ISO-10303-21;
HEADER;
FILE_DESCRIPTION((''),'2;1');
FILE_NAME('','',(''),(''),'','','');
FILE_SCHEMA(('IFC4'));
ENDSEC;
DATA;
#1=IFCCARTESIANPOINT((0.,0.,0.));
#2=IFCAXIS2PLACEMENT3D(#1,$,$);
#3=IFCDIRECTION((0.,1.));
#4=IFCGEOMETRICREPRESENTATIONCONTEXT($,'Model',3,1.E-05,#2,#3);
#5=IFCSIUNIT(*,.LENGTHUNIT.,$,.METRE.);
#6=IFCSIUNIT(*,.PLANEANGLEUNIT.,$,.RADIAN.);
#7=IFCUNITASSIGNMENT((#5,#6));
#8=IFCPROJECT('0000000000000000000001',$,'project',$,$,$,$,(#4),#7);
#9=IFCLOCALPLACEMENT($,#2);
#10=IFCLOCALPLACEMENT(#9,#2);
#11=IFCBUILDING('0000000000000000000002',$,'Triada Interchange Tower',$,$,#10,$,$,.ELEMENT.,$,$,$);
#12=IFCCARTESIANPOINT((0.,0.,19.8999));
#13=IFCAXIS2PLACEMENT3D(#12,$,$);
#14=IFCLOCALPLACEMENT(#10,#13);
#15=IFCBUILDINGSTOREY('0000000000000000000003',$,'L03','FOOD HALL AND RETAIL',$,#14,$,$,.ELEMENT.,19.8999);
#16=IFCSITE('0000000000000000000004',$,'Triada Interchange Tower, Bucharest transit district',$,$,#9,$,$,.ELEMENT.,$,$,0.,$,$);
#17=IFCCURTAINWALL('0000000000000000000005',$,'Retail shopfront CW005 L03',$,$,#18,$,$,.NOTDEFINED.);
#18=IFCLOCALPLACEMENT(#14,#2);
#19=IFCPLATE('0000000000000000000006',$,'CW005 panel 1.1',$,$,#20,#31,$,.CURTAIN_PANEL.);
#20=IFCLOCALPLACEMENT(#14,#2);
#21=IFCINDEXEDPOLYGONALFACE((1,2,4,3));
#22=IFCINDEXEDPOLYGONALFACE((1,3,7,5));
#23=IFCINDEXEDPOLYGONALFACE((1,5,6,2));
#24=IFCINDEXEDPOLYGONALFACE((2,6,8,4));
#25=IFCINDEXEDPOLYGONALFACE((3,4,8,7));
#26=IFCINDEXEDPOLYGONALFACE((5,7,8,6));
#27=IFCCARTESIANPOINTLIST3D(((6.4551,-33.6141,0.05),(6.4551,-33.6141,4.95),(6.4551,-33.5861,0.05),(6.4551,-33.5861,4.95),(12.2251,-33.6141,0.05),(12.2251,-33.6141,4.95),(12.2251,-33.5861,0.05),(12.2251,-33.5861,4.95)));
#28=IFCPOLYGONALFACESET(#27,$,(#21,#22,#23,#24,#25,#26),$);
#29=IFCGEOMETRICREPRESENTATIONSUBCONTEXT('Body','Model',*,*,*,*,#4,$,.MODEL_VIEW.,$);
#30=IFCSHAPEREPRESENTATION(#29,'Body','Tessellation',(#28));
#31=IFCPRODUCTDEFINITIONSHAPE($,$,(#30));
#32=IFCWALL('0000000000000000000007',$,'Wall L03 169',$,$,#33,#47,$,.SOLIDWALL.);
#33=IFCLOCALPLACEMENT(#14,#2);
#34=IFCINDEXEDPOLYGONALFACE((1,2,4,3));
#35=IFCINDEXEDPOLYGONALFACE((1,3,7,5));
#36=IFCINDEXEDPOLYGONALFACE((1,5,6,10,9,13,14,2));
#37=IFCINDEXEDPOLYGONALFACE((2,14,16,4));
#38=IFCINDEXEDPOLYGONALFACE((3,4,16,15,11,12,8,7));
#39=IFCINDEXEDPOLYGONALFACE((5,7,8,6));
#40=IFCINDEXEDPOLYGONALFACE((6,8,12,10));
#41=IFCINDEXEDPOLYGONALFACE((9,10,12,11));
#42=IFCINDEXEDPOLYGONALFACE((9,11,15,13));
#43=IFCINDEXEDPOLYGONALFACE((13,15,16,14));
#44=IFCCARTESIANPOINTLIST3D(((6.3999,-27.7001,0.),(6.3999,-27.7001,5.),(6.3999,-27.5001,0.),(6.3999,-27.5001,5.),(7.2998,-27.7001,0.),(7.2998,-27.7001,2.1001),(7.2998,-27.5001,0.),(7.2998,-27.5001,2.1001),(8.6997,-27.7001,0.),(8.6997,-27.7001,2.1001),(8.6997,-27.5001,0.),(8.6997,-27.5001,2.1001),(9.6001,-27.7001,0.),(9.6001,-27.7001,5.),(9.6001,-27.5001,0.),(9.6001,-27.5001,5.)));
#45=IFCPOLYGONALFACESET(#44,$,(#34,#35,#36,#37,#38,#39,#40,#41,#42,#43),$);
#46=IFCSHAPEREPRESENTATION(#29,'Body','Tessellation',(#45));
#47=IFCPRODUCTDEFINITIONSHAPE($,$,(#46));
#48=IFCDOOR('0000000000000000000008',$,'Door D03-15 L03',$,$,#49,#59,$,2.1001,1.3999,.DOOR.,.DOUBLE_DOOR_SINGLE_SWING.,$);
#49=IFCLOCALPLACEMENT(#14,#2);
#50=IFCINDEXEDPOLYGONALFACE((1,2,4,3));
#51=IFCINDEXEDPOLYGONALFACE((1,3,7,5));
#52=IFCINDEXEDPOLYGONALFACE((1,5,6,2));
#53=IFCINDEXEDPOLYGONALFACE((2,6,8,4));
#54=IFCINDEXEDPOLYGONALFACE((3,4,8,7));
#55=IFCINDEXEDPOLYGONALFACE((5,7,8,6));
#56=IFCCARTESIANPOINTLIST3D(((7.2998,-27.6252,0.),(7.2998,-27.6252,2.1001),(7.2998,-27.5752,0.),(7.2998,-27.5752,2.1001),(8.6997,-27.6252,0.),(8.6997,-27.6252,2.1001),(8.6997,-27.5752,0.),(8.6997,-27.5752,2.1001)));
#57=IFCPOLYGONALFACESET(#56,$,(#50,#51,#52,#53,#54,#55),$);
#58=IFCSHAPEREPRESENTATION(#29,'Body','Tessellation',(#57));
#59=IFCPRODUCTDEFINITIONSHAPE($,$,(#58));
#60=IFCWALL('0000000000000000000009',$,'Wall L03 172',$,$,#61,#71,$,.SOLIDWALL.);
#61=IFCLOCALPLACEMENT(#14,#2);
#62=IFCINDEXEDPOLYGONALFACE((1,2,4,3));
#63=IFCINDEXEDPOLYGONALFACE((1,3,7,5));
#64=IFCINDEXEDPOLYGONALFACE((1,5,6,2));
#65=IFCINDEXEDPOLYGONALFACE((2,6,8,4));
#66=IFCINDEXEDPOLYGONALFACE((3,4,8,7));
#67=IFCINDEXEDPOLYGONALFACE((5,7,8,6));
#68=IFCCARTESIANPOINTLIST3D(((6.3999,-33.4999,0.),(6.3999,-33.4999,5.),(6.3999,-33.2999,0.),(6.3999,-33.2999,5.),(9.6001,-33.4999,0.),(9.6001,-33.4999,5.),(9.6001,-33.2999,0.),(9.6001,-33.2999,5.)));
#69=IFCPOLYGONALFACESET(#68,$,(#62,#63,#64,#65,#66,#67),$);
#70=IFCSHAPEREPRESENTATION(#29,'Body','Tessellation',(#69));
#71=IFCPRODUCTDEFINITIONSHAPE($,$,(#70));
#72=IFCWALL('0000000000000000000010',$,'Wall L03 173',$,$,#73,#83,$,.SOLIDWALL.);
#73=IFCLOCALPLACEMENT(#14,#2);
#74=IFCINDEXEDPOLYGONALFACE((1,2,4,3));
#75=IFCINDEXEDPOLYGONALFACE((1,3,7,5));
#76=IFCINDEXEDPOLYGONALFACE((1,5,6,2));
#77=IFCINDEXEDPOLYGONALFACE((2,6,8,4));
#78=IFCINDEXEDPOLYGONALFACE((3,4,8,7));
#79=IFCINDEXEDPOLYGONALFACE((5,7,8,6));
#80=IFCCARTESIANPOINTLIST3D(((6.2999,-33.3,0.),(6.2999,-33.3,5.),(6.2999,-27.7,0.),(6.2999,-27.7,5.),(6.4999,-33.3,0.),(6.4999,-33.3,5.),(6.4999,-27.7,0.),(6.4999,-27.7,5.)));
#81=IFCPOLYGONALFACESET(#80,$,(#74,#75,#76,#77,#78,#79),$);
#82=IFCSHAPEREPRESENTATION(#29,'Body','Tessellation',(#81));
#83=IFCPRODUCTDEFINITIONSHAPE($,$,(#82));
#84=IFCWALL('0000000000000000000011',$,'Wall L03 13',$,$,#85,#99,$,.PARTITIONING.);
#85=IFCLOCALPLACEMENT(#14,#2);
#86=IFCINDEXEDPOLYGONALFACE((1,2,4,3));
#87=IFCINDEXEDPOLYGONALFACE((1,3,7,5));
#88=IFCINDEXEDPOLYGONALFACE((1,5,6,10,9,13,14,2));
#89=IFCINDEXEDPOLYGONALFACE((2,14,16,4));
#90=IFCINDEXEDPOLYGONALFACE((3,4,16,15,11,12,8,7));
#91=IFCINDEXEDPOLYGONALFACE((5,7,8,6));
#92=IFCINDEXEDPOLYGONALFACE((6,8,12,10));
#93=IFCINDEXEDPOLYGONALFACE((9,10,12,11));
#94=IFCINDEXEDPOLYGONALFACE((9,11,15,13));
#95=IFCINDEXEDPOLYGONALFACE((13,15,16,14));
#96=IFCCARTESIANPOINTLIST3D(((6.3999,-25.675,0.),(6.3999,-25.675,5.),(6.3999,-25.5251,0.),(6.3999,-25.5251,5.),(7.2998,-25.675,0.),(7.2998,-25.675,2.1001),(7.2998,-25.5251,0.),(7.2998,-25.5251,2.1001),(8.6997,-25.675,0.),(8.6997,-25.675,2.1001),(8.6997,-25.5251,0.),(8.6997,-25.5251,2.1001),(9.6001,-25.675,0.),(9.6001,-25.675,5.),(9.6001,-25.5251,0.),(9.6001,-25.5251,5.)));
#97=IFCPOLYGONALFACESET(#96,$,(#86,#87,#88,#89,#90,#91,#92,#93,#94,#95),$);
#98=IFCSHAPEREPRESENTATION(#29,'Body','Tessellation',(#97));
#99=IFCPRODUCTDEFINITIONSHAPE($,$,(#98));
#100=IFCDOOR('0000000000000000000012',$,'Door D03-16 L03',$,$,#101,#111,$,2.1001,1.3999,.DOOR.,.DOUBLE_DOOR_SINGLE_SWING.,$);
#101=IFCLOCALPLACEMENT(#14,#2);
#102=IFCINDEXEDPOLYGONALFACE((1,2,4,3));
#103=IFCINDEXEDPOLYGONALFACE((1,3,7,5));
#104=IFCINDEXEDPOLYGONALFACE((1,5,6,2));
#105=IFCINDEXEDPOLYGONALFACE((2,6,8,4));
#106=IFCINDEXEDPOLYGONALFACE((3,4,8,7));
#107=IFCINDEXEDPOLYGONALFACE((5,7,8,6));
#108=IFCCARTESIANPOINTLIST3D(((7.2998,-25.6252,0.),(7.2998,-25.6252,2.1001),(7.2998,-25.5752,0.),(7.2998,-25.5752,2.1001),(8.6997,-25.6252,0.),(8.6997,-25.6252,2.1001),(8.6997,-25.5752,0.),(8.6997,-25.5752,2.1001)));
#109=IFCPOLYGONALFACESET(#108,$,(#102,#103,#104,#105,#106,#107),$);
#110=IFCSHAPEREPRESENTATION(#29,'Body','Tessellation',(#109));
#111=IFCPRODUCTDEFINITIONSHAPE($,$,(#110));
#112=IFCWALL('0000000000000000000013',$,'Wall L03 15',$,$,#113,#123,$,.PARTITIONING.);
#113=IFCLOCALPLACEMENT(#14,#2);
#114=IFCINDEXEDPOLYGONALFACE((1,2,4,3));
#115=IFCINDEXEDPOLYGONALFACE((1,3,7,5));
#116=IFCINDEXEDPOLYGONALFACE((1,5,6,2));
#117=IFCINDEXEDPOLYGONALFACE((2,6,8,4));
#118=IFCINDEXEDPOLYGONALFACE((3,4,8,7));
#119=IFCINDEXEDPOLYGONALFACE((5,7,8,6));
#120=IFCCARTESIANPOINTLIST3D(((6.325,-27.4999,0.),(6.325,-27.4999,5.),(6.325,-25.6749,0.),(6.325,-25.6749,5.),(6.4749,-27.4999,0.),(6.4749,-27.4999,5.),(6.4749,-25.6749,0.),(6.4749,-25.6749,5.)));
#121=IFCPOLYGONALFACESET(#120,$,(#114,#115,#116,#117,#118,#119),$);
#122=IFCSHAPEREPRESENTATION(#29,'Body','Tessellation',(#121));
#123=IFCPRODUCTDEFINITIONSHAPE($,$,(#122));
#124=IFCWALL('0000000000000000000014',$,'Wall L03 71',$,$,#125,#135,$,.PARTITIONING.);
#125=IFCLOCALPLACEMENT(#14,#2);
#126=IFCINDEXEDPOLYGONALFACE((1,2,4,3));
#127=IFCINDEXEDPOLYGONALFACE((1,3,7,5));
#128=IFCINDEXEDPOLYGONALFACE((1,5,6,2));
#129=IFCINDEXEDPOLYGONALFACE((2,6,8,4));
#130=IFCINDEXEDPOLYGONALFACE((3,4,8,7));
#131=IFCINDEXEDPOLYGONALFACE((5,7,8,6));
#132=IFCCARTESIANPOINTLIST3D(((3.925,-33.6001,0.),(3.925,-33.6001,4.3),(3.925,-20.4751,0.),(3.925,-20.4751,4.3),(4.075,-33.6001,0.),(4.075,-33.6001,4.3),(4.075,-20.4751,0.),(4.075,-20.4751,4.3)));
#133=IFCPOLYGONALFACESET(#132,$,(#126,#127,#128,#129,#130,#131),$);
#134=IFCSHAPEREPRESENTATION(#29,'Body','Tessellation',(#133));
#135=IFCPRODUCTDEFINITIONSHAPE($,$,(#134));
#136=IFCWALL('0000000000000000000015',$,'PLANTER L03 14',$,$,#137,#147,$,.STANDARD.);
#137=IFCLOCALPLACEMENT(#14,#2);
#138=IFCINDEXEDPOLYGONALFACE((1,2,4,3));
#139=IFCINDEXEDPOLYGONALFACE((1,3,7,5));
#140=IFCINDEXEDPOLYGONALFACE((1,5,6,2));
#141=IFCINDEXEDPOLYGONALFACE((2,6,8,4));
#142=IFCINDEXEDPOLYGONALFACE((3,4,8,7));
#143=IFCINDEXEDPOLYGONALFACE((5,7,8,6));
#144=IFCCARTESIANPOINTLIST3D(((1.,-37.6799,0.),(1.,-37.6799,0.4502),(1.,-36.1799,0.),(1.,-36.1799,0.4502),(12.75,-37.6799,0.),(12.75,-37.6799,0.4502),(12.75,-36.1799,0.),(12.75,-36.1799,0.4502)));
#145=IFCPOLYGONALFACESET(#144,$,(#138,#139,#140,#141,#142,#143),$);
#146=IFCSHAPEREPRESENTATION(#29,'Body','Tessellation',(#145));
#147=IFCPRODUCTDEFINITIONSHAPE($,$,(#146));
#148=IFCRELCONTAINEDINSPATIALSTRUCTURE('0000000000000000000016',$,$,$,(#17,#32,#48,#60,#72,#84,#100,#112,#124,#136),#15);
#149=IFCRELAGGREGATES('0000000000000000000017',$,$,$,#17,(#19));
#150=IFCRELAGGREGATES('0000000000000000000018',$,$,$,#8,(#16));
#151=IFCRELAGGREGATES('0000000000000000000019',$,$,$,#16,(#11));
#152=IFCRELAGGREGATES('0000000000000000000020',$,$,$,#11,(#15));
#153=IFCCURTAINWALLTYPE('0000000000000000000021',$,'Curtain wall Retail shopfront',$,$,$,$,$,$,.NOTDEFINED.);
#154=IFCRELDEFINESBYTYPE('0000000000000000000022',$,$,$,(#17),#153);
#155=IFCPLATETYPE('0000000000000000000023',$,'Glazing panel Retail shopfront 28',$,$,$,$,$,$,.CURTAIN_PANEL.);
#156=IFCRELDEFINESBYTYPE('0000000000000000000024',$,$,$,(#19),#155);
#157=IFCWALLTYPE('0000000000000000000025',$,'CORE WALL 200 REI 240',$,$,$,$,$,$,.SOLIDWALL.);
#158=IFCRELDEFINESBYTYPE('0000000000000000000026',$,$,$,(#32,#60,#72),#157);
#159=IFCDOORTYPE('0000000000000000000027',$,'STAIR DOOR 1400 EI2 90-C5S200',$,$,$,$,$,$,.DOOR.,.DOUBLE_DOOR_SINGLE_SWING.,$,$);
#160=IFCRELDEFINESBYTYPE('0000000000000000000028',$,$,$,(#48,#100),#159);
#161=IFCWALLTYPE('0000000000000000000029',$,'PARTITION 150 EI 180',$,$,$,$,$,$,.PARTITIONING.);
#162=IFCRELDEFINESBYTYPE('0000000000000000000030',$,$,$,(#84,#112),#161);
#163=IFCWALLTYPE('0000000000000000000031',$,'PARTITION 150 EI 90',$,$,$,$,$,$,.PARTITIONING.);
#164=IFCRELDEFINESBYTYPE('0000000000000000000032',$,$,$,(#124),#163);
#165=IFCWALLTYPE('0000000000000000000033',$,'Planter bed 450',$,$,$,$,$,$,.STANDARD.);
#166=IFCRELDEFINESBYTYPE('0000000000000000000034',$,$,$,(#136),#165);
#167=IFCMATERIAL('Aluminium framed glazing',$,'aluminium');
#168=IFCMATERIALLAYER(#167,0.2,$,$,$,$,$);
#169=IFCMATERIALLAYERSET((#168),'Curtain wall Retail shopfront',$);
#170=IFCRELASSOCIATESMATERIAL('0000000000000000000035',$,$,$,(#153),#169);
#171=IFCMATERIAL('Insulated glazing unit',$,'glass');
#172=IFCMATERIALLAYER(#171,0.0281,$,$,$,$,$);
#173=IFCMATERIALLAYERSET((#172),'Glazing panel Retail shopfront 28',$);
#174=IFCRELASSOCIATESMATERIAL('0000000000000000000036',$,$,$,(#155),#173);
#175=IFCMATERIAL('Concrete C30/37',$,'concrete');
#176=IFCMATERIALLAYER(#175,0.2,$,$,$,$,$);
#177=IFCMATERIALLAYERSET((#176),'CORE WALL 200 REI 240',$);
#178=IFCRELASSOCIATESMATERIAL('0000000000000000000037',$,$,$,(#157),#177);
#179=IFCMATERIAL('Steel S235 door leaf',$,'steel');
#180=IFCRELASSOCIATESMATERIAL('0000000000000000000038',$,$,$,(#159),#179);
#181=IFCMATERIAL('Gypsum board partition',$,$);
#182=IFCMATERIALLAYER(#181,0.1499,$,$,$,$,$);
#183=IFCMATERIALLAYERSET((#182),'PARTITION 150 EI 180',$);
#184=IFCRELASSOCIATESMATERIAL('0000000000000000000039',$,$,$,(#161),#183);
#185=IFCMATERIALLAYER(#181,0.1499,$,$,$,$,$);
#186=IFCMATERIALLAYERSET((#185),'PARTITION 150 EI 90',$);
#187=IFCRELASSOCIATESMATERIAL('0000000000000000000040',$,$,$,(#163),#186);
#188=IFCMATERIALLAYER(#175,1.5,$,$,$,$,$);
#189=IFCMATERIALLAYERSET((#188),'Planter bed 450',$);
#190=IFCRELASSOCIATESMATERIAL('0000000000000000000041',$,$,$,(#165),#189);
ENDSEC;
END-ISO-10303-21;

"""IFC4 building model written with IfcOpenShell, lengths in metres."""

from ifc_helpers import new_model, si_unit, direction, frame, frame_2d, origin, origin_2d, place, context, subcontext, project, spatial, rectangle, extrude, material, layer, layer_set, type_object, element, fill, aggregate, save


model = new_model("IFC4")

# Units and contexts
model_context = context("Model", 3, precision=1e-05, world=origin(), true_north=direction((0.0, 1.0)))
body_context = subcontext(model_context, "Body", "Model", "MODEL_VIEW")
ifc_project = project(units=[si_unit("LENGTHUNIT", "METRE"), si_unit("PLANEANGLEUNIT", "RADIAN")], contexts=[model_context])

# Site, building, storey
site_placement = place(None, origin())
site = spatial("IfcSite", under=ifc_project, at=site_placement, Name="Triada Interchange Tower, Bucharest transit district", CompositionType="ELEMENT", RefElevation=0.0)
building_placement = place(site_placement, origin())
building = spatial("IfcBuilding", under=site, at=building_placement, Name="Triada Interchange Tower", CompositionType="ELEMENT")
storey_placement = place(building_placement, frame((0.0, 0.0, 19.8999)))
storey = spatial("IfcBuildingStorey", under=building, at=storey_placement, Name="L03", Description="FOOD HALL AND RETAIL", CompositionType="ELEMENT", Elevation=19.8999)

# Shared definitions
ifc_material_1 = material(Name="Aluminium framed glazing", Category="aluminium")
ifc_layer_1 = layer(ifc_material_1, 0.2)
ifc_layer_set_1 = layer_set([ifc_layer_1], Name="Curtain wall Retail shopfront")
curtain_wall_type = type_object("IfcCurtainWallType", Name="Curtain wall Retail shopfront", PredefinedType="NOTDEFINED", material=ifc_layer_set_1)

# Curtain wall
curtain_wall_1_placement = place(storey_placement, origin())
curtain_wall_1 = element("IfcCurtainWall", 1, at=curtain_wall_1_placement, inside=storey, type_object=curtain_wall_type, Name="Retail shopfront CW005 L03", PredefinedType="NOTDEFINED")

# Plate
ifc_material_2 = material(Name="Insulated glazing unit", Category="glass")
ifc_layer_2 = layer(ifc_material_2, 0.0281)
ifc_layer_set_2 = layer_set([ifc_layer_2], Name="Glazing panel Retail shopfront 28")
plate_type = type_object("IfcPlateType", Name="Glazing panel Retail shopfront 28", PredefinedType="CURTAIN_PANEL", material=ifc_layer_set_2)
plate_1_placement = place(storey_placement, frame((9.3401, -33.6001, 0.05), z_axis=(0.0, 0.0, 1.0), x_axis=(1.0, 0.0, 0.0)))
plate_1 = element("IfcPlate", 2, at=plate_1_placement, type_object=plate_type, Name="CW005 panel 1.1", PredefinedType="CURTAIN_PANEL", context=body_context, shape_type="SweptSolid", body=[
    extrude(rectangle(XDim=5.77, YDim=0.0281, at=origin_2d()), origin(), (0.0, 0.0, 1.0), 4.8999),
])
aggregate(curtain_wall_1, [plate_1])

# Wall, opening, door
ifc_material_3 = material(Name="Concrete C30/37", Category="concrete")
ifc_layer_3 = layer(ifc_material_3, 0.2)
ifc_layer_set_3 = layer_set([ifc_layer_3], Name="CORE WALL 200 REI 240")
wall_type_1 = type_object("IfcWallType", Name="CORE WALL 200 REI 240", PredefinedType="SOLIDWALL", material=ifc_layer_set_3)
wall_1_placement = place(storey_placement, frame((6.3999, -27.6001, 0.0), z_axis=(0.0, 0.0, 1.0), x_axis=(1.0, 0.0, 0.0)))
wall_1 = element("IfcWall", 3, at=wall_1_placement, inside=storey, type_object=wall_type_1, Name="Wall L03 169", PredefinedType="SOLIDWALL", context=body_context, shape_type="SweptSolid", body=[
    extrude(rectangle(XDim=3.2002, YDim=0.2, at=frame_2d((1.6001, 0.0))), origin(), (0.0, 0.0, 1.0), 5.0),
])
opening_1_placement = place(wall_1_placement, frame((0.8999, 0.0, 0.0)))
opening_1 = element("IfcOpeningElement", 4, at=opening_1_placement, cuts=wall_1, PredefinedType="OPENING", context=body_context, shape_type="SweptSolid", body=[
    extrude(rectangle(XDim=1.3999, YDim=2.1001, at=frame_2d((0.7, 1.05))), frame((0.0, 0.1099, 0.0), z_axis=(0.0, -1.0, 0.0), x_axis=(1.0, 0.0, 0.0)), (0.0, 0.0, 1.0), 0.22),
])
ifc_material_4 = material(Name="Steel S235 door leaf", Category="steel")
door_type = type_object("IfcDoorType", Name="STAIR DOOR 1400 EI2 90-C5S200", OperationType="DOUBLE_DOOR_SINGLE_SWING", PredefinedType="DOOR", material=ifc_material_4)
door_1_placement = place(opening_1_placement, origin())
door_1 = element("IfcDoor", 5, at=door_1_placement, inside=storey, type_object=door_type, Name="Door D03-15 L03", OperationType="DOUBLE_DOOR_SINGLE_SWING", OverallHeight=2.1001, OverallWidth=1.3999, PredefinedType="DOOR", context=body_context, shape_type="SweptSolid", body=[
    extrude(rectangle(XDim=1.3999, YDim=2.1001, at=frame_2d((0.7, 1.05))), frame((0.0, 0.0249, 0.0), z_axis=(0.0, -1.0, 0.0), x_axis=(1.0, 0.0, 0.0)), (0.0, 0.0, 1.0), 0.05),
])
fill(opening_1, door_1)

# Walls
wall_2_placement = place(storey_placement, frame((6.3999, -33.3999, 0.0), z_axis=(0.0, 0.0, 1.0), x_axis=(1.0, 0.0, 0.0)))
element("IfcWall", 6, at=wall_2_placement, inside=storey, type_object=wall_type_1, Name="Wall L03 172", PredefinedType="SOLIDWALL", context=body_context, shape_type="SweptSolid", body=[
    extrude(rectangle(XDim=3.2002, YDim=0.2, at=frame_2d((1.6001, 0.0))), origin(), (0.0, 0.0, 1.0), 5.0),
])
wall_3_placement = place(storey_placement, frame((6.3999, -33.3, 0.0), z_axis=(0.0, 0.0, 1.0), x_axis=(0.0, 1.0, 0.0)))
element("IfcWall", 7, at=wall_3_placement, inside=storey, type_object=wall_type_1, Name="Wall L03 173", PredefinedType="SOLIDWALL", context=body_context, shape_type="SweptSolid", body=[
    extrude(rectangle(XDim=5.6001, YDim=0.2, at=frame_2d((2.8, 0.0))), origin(), (0.0, 0.0, 1.0), 5.0),
])

# Wall, opening, door
ifc_material_5 = material(Name="Gypsum board partition")
ifc_layer_4 = layer(ifc_material_5, 0.1499)
ifc_layer_set_4 = layer_set([ifc_layer_4], Name="PARTITION 150 EI 180")
wall_type_2 = type_object("IfcWallType", Name="PARTITION 150 EI 180", PredefinedType="PARTITIONING", material=ifc_layer_set_4)
wall_4_placement = place(storey_placement, frame((6.3999, -25.6001, 0.0), z_axis=(0.0, 0.0, 1.0), x_axis=(1.0, 0.0, 0.0)))
wall_4 = element("IfcWall", 8, at=wall_4_placement, inside=storey, type_object=wall_type_2, Name="Wall L03 13", PredefinedType="PARTITIONING", context=body_context, shape_type="SweptSolid", body=[
    extrude(rectangle(XDim=3.2002, YDim=0.1499, at=frame_2d((1.6001, 0.0))), origin(), (0.0, 0.0, 1.0), 5.0),
])
opening_2_placement = place(wall_4_placement, frame((0.8999, 0.0, 0.0)))
opening_2 = element("IfcOpeningElement", 9, at=opening_2_placement, cuts=wall_4, PredefinedType="OPENING", context=body_context, shape_type="SweptSolid", body=[
    extrude(rectangle(XDim=1.3999, YDim=2.1001, at=frame_2d((0.7, 1.05))), frame((0.0, 0.085, 0.0), z_axis=(0.0, -1.0, 0.0), x_axis=(1.0, 0.0, 0.0)), (0.0, 0.0, 1.0), 0.1699),
])
door_2_placement = place(opening_2_placement, origin())
door_2 = element("IfcDoor", 10, at=door_2_placement, inside=storey, type_object=door_type, Name="Door D03-16 L03", OperationType="DOUBLE_DOOR_SINGLE_SWING", OverallHeight=2.1001, OverallWidth=1.3999, PredefinedType="DOOR", context=body_context, shape_type="SweptSolid", body=[
    extrude(rectangle(XDim=1.3999, YDim=2.1001, at=frame_2d((0.7, 1.05))), frame((0.0, 0.0249, 0.0), z_axis=(0.0, -1.0, 0.0), x_axis=(1.0, 0.0, 0.0)), (0.0, 0.0, 1.0), 0.05),
])
fill(opening_2, door_2)

# Walls
wall_5_placement = place(storey_placement, frame((6.3999, -27.5, 0.0), z_axis=(0.0, 0.0, 1.0), x_axis=(0.0, 1.0, 0.0)))
element("IfcWall", 11, at=wall_5_placement, inside=storey, type_object=wall_type_2, Name="Wall L03 15", PredefinedType="PARTITIONING", context=body_context, shape_type="SweptSolid", body=[
    extrude(rectangle(XDim=1.825, YDim=0.1499, at=frame_2d((0.9126, 0.0))), origin(), (0.0, 0.0, 1.0), 5.0),
])
ifc_layer_5 = layer(ifc_material_5, 0.1499)
ifc_layer_set_5 = layer_set([ifc_layer_5], Name="PARTITION 150 EI 90")
wall_type_3 = type_object("IfcWallType", Name="PARTITION 150 EI 90", PredefinedType="PARTITIONING", material=ifc_layer_set_5)
wall_6_placement = place(storey_placement, frame((4.0, -33.6001, 0.0), z_axis=(0.0, 0.0, 1.0), x_axis=(0.0, 1.0, 0.0)))
element("IfcWall", 12, at=wall_6_placement, inside=storey, type_object=wall_type_3, Name="Wall L03 71", PredefinedType="PARTITIONING", context=body_context, shape_type="SweptSolid", body=[
    extrude(rectangle(XDim=13.125, YDim=0.1499, at=frame_2d((6.5625, 0.0))), origin(), (0.0, 0.0, 1.0), 4.3),
])
ifc_layer_6 = layer(ifc_material_3, 1.5)
ifc_layer_set_6 = layer_set([ifc_layer_6], Name="Planter bed 450")
wall_type_4 = type_object("IfcWallType", Name="Planter bed 450", PredefinedType="STANDARD", material=ifc_layer_set_6)
wall_7_placement = place(storey_placement, frame((1.0, -36.9299, 0.0), z_axis=(0.0, 0.0, 1.0), x_axis=(1.0, 0.0, 0.0)))
element("IfcWall", 13, at=wall_7_placement, inside=storey, type_object=wall_type_4, Name="PLANTER L03 14", PredefinedType="STANDARD", context=body_context, shape_type="SweptSolid", body=[
    extrude(rectangle(XDim=11.75, YDim=1.5, at=frame_2d((5.875, 0.0))), origin(), (0.0, 0.0, 1.0), 0.4502),
])

save(model, "model.ifc")
